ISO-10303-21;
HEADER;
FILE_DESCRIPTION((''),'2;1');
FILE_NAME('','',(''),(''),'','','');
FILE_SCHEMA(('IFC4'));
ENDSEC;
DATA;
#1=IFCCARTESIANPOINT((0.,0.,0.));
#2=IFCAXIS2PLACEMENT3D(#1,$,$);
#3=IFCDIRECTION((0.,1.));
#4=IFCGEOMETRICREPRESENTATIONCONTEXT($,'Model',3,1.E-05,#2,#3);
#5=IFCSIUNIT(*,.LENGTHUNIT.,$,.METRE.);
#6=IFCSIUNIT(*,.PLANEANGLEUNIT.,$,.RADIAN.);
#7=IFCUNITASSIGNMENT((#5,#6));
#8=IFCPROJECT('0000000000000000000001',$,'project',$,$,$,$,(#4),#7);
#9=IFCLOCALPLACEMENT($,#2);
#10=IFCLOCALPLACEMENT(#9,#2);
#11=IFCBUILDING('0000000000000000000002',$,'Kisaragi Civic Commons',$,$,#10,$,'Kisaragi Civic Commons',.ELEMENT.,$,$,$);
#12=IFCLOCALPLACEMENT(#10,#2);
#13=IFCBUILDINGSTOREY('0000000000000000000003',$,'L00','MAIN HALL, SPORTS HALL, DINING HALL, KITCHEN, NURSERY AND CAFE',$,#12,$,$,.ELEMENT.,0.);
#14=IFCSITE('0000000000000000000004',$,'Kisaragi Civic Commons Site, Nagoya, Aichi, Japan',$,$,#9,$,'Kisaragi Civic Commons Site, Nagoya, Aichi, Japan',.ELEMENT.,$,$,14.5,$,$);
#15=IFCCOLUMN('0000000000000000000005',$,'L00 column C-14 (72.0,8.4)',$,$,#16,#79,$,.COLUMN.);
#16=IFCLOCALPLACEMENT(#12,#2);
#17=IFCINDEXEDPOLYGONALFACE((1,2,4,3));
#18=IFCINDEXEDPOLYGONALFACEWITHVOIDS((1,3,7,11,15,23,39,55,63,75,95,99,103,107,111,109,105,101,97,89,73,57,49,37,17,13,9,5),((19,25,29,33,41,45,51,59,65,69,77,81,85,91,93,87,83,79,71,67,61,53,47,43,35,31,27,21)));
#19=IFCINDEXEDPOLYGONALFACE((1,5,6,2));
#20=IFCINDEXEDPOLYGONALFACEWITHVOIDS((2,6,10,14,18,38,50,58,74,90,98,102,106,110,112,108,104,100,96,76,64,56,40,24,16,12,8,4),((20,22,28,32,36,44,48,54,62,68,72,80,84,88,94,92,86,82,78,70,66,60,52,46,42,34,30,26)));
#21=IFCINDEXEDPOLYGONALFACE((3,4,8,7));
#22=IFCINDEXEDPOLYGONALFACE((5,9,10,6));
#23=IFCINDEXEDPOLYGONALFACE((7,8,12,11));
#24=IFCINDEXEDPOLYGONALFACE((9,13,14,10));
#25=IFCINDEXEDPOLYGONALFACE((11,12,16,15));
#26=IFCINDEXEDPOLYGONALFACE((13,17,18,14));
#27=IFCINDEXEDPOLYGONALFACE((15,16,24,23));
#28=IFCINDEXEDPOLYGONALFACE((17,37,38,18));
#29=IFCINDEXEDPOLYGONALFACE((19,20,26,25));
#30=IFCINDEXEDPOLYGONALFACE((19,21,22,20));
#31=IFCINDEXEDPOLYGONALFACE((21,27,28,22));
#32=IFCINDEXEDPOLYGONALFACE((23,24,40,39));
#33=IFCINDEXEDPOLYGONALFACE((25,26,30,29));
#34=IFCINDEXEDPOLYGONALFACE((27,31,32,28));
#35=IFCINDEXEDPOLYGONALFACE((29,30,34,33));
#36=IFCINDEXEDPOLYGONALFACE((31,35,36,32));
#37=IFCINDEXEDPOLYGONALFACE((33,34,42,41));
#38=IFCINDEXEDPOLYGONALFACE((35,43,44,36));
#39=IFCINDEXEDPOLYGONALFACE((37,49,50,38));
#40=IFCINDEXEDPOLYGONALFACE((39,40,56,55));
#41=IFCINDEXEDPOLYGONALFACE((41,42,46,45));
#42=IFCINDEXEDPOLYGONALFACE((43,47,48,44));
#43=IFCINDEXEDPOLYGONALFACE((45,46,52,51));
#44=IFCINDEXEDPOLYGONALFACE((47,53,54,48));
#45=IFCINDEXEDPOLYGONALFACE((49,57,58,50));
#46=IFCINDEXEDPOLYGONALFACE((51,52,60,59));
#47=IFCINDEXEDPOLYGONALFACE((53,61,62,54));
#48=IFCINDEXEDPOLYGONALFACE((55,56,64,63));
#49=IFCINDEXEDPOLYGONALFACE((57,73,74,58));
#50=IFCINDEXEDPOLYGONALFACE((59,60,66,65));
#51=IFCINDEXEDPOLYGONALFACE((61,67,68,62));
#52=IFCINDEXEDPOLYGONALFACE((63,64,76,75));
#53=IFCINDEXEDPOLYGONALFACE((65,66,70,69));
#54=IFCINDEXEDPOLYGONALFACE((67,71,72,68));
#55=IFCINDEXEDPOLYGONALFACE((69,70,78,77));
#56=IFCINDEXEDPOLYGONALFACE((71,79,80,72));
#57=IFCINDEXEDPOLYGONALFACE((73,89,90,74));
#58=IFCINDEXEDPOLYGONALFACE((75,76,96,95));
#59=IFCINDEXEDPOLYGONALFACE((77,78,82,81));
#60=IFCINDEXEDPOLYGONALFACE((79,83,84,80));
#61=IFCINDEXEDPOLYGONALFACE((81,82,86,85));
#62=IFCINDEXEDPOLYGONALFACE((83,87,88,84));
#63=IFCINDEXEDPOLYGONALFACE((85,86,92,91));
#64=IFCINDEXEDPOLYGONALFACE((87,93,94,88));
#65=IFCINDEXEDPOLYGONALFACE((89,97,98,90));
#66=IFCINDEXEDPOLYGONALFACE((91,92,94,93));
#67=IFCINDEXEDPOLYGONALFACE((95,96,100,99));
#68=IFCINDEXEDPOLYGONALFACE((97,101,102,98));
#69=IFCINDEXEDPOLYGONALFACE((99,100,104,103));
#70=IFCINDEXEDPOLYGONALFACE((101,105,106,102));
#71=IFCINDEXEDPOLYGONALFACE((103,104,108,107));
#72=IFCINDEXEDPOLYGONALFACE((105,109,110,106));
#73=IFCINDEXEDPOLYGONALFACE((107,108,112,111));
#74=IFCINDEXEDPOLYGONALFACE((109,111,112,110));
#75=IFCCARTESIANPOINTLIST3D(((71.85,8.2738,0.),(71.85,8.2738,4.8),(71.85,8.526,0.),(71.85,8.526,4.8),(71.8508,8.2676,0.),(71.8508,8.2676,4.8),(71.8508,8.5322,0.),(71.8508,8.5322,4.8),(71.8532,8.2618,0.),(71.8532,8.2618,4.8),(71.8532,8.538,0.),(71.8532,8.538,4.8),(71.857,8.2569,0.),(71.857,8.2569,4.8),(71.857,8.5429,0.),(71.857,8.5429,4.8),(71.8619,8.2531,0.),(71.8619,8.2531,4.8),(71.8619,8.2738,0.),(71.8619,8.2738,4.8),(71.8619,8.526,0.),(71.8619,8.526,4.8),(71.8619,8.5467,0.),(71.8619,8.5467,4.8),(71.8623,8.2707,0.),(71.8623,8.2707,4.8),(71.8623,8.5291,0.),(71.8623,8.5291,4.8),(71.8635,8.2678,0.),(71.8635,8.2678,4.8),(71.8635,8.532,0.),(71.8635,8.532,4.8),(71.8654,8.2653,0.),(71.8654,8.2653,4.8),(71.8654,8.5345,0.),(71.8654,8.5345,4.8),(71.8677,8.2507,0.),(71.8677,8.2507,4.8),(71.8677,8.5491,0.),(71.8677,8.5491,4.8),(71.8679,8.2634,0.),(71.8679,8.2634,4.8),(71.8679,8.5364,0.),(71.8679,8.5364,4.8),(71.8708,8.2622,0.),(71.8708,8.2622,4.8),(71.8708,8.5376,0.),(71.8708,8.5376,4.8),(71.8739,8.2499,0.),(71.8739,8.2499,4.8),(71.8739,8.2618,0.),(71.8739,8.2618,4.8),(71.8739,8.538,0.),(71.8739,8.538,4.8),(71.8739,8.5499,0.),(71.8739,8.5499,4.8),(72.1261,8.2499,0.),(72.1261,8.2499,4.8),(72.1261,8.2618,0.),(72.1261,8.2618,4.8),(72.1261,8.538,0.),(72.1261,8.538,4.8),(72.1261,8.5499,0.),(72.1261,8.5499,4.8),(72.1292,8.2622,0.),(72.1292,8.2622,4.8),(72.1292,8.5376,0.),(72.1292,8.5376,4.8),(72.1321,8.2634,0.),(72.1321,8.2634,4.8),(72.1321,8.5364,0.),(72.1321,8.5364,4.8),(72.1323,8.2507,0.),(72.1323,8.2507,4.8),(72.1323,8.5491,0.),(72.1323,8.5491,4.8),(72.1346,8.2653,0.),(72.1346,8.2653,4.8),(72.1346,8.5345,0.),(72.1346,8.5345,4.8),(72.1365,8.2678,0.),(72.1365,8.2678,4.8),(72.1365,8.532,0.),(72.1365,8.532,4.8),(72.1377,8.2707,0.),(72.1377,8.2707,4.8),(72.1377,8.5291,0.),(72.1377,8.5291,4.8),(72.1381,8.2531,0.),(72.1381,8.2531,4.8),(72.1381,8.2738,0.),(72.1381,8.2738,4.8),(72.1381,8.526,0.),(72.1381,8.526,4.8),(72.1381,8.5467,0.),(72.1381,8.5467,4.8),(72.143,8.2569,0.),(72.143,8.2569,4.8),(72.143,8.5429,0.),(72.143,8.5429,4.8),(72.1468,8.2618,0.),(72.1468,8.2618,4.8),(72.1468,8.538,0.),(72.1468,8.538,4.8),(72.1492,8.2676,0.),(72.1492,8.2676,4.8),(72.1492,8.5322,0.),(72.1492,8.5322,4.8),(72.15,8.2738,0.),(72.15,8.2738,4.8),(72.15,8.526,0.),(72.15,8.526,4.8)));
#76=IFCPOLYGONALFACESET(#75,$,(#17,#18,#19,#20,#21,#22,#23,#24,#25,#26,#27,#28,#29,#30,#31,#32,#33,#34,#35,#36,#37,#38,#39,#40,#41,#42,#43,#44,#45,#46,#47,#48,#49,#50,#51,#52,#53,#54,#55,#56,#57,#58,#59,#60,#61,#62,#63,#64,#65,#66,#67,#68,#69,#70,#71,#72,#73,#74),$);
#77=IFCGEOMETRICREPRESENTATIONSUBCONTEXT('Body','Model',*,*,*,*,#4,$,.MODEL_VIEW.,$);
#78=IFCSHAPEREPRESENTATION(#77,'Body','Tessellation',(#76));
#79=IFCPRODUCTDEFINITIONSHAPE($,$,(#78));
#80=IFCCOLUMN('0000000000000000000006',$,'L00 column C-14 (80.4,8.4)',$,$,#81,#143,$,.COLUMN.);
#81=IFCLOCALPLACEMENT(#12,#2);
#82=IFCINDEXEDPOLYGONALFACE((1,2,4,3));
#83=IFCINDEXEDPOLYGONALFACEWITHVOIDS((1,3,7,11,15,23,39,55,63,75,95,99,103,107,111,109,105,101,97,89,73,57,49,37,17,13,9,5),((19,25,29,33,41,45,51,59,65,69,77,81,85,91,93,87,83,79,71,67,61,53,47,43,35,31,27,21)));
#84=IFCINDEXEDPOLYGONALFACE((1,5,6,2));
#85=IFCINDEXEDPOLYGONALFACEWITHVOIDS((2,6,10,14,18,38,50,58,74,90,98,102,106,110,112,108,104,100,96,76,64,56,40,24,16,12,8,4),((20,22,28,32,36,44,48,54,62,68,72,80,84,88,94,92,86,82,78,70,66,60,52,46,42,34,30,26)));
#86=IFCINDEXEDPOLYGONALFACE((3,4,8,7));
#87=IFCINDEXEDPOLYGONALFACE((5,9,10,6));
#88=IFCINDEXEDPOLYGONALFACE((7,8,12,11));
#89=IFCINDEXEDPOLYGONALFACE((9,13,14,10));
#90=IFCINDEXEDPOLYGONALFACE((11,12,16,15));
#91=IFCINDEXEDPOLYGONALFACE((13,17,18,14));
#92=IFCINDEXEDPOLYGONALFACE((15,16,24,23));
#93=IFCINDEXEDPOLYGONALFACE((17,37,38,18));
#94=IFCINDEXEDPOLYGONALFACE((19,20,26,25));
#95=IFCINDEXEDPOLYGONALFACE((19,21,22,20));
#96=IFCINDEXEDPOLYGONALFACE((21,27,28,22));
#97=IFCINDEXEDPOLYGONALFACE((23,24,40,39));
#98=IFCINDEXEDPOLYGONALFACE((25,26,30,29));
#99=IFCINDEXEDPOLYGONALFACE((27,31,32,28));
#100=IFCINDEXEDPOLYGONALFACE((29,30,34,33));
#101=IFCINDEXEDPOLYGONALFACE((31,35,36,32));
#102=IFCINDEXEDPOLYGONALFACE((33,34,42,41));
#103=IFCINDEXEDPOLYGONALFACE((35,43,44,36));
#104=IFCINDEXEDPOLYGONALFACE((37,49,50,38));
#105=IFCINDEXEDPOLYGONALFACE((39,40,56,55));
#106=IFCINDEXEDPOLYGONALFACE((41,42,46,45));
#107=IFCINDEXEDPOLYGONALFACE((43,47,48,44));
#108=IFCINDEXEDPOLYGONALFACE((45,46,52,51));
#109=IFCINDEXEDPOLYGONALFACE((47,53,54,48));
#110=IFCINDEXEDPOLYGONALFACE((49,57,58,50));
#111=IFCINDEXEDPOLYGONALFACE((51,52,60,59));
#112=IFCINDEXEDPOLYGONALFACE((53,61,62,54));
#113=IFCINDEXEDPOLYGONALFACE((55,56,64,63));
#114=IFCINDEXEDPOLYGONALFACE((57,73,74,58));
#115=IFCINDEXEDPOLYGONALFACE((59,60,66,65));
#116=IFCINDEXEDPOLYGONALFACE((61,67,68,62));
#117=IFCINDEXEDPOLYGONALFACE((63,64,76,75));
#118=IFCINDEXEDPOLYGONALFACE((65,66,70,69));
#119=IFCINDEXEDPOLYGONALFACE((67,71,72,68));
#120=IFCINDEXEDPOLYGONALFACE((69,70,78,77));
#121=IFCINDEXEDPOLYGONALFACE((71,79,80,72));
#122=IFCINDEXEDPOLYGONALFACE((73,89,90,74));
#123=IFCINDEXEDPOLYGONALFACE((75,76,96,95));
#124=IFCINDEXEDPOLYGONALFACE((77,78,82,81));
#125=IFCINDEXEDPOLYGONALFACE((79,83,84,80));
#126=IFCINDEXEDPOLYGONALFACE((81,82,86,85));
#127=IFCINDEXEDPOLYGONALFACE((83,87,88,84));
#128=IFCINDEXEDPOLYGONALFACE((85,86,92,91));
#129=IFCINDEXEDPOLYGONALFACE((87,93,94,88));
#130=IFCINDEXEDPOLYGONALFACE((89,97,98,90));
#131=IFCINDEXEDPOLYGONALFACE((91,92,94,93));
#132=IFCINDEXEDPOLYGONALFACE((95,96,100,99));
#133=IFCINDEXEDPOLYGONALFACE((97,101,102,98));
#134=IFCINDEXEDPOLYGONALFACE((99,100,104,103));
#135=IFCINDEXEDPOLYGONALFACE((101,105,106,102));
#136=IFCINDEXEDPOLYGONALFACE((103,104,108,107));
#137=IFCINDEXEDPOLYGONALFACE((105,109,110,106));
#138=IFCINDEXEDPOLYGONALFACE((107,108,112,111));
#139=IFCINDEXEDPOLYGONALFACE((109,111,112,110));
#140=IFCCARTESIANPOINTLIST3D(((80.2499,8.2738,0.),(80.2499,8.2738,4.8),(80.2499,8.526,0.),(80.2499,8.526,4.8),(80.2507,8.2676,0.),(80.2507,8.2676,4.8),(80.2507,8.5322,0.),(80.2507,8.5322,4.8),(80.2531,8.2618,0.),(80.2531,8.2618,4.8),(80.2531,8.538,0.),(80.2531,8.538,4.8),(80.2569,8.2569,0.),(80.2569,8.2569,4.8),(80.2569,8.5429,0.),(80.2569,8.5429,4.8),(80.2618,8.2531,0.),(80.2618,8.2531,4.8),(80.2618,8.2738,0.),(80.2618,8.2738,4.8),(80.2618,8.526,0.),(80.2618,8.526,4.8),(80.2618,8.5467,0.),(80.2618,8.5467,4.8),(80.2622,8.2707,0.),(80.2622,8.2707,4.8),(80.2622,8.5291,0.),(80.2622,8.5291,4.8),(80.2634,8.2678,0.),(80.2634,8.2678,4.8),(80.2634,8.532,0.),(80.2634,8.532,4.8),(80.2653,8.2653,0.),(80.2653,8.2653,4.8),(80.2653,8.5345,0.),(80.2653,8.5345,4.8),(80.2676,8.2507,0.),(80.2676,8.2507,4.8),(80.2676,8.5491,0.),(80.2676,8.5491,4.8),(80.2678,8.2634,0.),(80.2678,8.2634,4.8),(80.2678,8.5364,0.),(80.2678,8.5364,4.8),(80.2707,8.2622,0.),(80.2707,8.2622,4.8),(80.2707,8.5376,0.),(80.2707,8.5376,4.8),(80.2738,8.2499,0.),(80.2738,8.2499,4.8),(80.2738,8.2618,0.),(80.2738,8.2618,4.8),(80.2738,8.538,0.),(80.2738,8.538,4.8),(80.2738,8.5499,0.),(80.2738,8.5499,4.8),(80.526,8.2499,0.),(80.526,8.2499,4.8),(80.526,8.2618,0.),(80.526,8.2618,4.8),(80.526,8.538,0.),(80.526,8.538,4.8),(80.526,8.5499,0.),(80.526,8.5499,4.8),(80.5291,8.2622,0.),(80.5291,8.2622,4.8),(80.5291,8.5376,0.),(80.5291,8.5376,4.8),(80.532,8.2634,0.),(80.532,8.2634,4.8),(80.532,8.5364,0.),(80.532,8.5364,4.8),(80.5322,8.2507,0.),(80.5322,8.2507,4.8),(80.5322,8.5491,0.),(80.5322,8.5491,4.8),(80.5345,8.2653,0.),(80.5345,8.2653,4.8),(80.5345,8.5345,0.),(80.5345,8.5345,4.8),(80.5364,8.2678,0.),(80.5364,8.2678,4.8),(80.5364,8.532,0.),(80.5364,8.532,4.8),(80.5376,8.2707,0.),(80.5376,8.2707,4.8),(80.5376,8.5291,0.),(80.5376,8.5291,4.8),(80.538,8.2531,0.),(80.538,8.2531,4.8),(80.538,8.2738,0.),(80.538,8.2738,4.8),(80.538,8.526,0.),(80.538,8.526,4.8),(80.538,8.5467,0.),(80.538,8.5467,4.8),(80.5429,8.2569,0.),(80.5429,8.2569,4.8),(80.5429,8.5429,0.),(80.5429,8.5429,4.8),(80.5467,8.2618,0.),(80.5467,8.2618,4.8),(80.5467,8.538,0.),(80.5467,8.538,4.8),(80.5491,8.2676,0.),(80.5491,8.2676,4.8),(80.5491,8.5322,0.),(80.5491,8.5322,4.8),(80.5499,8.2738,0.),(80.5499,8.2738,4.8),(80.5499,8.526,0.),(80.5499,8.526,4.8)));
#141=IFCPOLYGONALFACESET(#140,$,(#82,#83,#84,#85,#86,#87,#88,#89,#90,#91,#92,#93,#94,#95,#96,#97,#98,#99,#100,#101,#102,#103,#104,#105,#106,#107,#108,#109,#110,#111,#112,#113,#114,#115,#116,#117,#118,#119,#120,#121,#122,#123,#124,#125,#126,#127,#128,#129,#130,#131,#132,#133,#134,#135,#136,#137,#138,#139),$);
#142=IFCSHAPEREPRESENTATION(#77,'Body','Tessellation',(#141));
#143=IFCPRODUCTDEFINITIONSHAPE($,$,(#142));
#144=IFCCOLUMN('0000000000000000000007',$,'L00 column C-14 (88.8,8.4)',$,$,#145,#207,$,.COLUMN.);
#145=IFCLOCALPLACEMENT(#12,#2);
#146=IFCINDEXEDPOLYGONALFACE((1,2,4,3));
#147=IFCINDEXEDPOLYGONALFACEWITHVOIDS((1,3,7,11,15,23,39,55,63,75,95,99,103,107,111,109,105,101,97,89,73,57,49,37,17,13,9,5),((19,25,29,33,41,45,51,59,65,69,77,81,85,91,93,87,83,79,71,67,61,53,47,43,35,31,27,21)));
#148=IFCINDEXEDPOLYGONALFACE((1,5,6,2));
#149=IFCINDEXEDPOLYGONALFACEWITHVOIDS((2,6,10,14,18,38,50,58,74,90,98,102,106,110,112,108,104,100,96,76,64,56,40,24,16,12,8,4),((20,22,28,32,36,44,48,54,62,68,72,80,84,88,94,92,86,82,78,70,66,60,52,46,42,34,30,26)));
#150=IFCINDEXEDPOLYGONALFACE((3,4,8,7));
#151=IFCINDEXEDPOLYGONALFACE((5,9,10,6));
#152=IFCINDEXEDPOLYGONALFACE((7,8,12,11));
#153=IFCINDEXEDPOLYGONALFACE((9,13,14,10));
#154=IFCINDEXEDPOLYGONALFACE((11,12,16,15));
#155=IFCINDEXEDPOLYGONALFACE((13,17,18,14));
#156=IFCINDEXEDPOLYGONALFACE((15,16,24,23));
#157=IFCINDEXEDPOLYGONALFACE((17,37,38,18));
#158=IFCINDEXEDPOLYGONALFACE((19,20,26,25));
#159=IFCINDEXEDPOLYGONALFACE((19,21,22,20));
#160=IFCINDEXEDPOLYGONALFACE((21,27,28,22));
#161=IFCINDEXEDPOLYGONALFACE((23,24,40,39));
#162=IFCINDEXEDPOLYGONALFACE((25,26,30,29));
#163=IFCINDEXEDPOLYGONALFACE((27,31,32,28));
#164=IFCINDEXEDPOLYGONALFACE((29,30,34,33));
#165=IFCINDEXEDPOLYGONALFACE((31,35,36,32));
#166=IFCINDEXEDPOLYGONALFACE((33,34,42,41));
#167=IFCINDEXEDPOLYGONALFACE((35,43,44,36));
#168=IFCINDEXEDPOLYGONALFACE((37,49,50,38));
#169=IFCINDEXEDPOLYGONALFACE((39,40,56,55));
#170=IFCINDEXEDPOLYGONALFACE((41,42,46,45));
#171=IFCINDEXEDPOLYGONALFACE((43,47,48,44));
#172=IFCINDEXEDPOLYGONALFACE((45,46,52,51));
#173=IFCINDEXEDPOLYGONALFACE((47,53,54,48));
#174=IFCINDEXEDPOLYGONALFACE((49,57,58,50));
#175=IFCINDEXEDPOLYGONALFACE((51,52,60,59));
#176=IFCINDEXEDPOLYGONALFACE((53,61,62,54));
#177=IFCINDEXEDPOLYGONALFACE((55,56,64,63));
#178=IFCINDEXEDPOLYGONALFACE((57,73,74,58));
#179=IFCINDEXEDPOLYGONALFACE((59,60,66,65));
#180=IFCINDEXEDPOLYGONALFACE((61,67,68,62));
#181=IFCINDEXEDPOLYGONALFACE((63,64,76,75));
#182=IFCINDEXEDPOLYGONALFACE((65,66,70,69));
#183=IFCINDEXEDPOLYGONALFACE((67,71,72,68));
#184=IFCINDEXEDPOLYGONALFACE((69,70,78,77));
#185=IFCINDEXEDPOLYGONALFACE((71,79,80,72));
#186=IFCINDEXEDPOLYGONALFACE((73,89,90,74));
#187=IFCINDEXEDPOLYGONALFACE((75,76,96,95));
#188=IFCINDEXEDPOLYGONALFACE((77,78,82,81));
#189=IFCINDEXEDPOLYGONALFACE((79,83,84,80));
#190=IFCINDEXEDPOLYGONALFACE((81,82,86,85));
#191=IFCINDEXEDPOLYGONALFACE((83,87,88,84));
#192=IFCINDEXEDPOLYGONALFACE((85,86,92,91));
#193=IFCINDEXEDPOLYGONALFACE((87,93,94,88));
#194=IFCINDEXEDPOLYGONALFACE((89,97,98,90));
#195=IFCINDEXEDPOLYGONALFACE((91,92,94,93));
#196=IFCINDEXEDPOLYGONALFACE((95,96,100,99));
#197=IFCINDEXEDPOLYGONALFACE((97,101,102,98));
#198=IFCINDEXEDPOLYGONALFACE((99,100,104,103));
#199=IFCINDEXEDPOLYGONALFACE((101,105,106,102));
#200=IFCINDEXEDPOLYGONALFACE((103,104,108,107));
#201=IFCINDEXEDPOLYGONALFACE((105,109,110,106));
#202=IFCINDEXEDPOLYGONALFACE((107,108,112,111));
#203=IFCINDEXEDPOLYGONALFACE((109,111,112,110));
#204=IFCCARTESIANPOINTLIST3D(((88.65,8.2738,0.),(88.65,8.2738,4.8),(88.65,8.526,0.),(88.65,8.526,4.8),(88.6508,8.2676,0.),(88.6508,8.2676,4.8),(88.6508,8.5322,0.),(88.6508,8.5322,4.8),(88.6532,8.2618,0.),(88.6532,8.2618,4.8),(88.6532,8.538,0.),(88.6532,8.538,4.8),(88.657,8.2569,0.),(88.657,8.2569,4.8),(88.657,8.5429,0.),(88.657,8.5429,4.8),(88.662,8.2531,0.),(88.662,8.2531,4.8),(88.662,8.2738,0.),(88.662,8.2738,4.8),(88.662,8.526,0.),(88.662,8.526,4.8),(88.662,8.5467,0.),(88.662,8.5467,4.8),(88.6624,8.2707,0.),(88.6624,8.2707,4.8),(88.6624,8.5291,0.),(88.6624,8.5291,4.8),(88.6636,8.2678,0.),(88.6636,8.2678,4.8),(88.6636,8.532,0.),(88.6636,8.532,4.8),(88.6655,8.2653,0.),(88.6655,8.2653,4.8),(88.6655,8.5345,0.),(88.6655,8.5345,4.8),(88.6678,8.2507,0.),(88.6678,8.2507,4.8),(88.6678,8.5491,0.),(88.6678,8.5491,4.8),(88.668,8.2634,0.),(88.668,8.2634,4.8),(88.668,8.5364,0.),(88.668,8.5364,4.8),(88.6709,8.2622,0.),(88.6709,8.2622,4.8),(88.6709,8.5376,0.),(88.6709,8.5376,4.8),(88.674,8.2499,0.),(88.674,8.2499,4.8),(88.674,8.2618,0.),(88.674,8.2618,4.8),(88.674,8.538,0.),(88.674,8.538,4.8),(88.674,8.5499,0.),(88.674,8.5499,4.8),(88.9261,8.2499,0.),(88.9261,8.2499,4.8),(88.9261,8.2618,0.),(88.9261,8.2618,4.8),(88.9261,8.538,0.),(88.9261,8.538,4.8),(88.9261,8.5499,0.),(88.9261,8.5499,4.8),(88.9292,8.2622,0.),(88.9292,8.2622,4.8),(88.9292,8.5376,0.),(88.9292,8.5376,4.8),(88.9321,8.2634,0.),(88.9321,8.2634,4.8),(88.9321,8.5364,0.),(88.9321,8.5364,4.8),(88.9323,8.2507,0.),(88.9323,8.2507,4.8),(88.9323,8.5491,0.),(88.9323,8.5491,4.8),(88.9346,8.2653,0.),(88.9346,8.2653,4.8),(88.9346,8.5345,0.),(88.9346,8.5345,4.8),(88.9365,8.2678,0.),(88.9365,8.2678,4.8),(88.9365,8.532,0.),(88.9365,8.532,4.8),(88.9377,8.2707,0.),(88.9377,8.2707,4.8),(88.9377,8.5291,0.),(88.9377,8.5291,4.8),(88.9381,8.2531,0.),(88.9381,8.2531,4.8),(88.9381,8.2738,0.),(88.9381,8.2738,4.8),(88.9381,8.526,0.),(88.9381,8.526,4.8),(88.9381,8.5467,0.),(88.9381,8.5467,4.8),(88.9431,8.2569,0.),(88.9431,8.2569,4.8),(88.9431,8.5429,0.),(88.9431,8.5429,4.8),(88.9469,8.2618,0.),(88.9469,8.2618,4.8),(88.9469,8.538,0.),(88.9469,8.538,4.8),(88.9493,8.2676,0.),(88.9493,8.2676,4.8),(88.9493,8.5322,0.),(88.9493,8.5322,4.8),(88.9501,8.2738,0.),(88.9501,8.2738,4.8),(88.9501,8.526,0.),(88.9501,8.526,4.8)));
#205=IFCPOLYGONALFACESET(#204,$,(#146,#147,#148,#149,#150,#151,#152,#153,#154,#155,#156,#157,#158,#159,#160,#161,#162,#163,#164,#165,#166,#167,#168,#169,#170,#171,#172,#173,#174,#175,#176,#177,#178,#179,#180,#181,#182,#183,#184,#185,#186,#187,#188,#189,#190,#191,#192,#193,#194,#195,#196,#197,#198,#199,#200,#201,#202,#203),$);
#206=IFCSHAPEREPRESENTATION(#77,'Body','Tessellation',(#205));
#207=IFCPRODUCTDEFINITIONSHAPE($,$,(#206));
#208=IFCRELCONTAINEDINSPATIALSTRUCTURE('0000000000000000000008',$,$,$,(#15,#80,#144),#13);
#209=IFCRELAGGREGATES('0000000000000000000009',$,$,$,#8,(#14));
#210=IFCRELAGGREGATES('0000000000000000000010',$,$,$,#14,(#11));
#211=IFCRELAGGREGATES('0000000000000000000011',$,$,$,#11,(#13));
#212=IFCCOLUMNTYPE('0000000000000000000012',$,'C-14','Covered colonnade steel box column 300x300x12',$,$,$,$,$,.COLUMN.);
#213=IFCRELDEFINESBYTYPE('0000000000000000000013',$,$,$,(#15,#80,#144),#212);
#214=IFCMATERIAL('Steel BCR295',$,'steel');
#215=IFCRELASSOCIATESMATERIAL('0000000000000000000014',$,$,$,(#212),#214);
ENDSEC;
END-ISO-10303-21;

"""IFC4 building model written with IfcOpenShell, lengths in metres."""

from ifc_helpers import new_model, si_unit, direction, frame, origin, origin_2d, place, context, subcontext, project, spatial, hollow_rectangle, extrude, material, material_profile, profile_set, type_object, element, save


model = new_model("IFC4")

# Units and contexts
model_context = context("Model", 3, precision=1e-05, world=origin(), true_north=direction((0.0, 1.0)))
body_context = subcontext(model_context, "Body", "Model", "MODEL_VIEW")
ifc_project = project(units=[si_unit("LENGTHUNIT", "METRE"), si_unit("PLANEANGLEUNIT", "RADIAN")], contexts=[model_context])

# Site, building, storey
site_placement = place(None, origin())
site = spatial("IfcSite", under=ifc_project, at=site_placement, Name="Kisaragi Civic Commons Site, Nagoya, Aichi, Japan", LongName="Kisaragi Civic Commons Site, Nagoya, Aichi, Japan", CompositionType="ELEMENT", RefElevation=14.5)
building_placement = place(site_placement, origin())
building = spatial("IfcBuilding", under=site, at=building_placement, Name="Kisaragi Civic Commons", LongName="Kisaragi Civic Commons", CompositionType="ELEMENT")
storey_placement = place(building_placement, origin())
storey = spatial("IfcBuildingStorey", under=building, at=storey_placement, Name="L00", Description="MAIN HALL, SPORTS HALL, DINING HALL, KITCHEN, NURSERY AND CAFE", CompositionType="ELEMENT", Elevation=0.0)

# Columns
ifc_material_1 = material(Name="Steel BCR295", Category="steel")
ifc_material_profile_1 = material_profile(ifc_material_1, hollow_rectangle(XDim=0.3, YDim=0.3, WallThickness=0.012, InnerFilletRadius=0.012, OuterFilletRadius=0.0239, at=origin_2d()), Name="BCR-300x300x12", Category="steel")
ifc_profile_set_1 = profile_set([ifc_material_profile_1], Name="Steel BCR295")
column_type = type_object("IfcColumnType", Name="C-14", Description="Covered colonnade steel box column 300x300x12", PredefinedType="COLUMN", material=ifc_profile_set_1)
for number, where, z_axis, x_axis, name in (
    (1, (72.0, 8.3999, 0.0), (0.0, 0.0, 1.0), (1.0, 0.0, 0.0), "L00 column C-14 (72.0,8.4)"),
    (2, (80.3999, 8.3999, 0.0), (0.0, 0.0, 1.0), (1.0, 0.0, 0.0), "L00 column C-14 (80.4,8.4)"),
    (3, (88.8, 8.3999, 0.0), (0.0, 0.0, 1.0), (1.0, 0.0, 0.0), "L00 column C-14 (88.8,8.4)"),
):
    element("IfcColumn", number, at=place(storey_placement, frame(where, z_axis=z_axis, x_axis=x_axis)), inside=storey, type_object=column_type, Name=name, PredefinedType="COLUMN", context=body_context, shape_type="SweptSolid", body=[
        extrude(hollow_rectangle(XDim=0.3, YDim=0.3, WallThickness=0.012, InnerFilletRadius=0.012, OuterFilletRadius=0.0239, at=origin_2d()), origin(), (0.0, 0.0, 1.0), 4.8),
    ])

save(model, "model.ifc")
